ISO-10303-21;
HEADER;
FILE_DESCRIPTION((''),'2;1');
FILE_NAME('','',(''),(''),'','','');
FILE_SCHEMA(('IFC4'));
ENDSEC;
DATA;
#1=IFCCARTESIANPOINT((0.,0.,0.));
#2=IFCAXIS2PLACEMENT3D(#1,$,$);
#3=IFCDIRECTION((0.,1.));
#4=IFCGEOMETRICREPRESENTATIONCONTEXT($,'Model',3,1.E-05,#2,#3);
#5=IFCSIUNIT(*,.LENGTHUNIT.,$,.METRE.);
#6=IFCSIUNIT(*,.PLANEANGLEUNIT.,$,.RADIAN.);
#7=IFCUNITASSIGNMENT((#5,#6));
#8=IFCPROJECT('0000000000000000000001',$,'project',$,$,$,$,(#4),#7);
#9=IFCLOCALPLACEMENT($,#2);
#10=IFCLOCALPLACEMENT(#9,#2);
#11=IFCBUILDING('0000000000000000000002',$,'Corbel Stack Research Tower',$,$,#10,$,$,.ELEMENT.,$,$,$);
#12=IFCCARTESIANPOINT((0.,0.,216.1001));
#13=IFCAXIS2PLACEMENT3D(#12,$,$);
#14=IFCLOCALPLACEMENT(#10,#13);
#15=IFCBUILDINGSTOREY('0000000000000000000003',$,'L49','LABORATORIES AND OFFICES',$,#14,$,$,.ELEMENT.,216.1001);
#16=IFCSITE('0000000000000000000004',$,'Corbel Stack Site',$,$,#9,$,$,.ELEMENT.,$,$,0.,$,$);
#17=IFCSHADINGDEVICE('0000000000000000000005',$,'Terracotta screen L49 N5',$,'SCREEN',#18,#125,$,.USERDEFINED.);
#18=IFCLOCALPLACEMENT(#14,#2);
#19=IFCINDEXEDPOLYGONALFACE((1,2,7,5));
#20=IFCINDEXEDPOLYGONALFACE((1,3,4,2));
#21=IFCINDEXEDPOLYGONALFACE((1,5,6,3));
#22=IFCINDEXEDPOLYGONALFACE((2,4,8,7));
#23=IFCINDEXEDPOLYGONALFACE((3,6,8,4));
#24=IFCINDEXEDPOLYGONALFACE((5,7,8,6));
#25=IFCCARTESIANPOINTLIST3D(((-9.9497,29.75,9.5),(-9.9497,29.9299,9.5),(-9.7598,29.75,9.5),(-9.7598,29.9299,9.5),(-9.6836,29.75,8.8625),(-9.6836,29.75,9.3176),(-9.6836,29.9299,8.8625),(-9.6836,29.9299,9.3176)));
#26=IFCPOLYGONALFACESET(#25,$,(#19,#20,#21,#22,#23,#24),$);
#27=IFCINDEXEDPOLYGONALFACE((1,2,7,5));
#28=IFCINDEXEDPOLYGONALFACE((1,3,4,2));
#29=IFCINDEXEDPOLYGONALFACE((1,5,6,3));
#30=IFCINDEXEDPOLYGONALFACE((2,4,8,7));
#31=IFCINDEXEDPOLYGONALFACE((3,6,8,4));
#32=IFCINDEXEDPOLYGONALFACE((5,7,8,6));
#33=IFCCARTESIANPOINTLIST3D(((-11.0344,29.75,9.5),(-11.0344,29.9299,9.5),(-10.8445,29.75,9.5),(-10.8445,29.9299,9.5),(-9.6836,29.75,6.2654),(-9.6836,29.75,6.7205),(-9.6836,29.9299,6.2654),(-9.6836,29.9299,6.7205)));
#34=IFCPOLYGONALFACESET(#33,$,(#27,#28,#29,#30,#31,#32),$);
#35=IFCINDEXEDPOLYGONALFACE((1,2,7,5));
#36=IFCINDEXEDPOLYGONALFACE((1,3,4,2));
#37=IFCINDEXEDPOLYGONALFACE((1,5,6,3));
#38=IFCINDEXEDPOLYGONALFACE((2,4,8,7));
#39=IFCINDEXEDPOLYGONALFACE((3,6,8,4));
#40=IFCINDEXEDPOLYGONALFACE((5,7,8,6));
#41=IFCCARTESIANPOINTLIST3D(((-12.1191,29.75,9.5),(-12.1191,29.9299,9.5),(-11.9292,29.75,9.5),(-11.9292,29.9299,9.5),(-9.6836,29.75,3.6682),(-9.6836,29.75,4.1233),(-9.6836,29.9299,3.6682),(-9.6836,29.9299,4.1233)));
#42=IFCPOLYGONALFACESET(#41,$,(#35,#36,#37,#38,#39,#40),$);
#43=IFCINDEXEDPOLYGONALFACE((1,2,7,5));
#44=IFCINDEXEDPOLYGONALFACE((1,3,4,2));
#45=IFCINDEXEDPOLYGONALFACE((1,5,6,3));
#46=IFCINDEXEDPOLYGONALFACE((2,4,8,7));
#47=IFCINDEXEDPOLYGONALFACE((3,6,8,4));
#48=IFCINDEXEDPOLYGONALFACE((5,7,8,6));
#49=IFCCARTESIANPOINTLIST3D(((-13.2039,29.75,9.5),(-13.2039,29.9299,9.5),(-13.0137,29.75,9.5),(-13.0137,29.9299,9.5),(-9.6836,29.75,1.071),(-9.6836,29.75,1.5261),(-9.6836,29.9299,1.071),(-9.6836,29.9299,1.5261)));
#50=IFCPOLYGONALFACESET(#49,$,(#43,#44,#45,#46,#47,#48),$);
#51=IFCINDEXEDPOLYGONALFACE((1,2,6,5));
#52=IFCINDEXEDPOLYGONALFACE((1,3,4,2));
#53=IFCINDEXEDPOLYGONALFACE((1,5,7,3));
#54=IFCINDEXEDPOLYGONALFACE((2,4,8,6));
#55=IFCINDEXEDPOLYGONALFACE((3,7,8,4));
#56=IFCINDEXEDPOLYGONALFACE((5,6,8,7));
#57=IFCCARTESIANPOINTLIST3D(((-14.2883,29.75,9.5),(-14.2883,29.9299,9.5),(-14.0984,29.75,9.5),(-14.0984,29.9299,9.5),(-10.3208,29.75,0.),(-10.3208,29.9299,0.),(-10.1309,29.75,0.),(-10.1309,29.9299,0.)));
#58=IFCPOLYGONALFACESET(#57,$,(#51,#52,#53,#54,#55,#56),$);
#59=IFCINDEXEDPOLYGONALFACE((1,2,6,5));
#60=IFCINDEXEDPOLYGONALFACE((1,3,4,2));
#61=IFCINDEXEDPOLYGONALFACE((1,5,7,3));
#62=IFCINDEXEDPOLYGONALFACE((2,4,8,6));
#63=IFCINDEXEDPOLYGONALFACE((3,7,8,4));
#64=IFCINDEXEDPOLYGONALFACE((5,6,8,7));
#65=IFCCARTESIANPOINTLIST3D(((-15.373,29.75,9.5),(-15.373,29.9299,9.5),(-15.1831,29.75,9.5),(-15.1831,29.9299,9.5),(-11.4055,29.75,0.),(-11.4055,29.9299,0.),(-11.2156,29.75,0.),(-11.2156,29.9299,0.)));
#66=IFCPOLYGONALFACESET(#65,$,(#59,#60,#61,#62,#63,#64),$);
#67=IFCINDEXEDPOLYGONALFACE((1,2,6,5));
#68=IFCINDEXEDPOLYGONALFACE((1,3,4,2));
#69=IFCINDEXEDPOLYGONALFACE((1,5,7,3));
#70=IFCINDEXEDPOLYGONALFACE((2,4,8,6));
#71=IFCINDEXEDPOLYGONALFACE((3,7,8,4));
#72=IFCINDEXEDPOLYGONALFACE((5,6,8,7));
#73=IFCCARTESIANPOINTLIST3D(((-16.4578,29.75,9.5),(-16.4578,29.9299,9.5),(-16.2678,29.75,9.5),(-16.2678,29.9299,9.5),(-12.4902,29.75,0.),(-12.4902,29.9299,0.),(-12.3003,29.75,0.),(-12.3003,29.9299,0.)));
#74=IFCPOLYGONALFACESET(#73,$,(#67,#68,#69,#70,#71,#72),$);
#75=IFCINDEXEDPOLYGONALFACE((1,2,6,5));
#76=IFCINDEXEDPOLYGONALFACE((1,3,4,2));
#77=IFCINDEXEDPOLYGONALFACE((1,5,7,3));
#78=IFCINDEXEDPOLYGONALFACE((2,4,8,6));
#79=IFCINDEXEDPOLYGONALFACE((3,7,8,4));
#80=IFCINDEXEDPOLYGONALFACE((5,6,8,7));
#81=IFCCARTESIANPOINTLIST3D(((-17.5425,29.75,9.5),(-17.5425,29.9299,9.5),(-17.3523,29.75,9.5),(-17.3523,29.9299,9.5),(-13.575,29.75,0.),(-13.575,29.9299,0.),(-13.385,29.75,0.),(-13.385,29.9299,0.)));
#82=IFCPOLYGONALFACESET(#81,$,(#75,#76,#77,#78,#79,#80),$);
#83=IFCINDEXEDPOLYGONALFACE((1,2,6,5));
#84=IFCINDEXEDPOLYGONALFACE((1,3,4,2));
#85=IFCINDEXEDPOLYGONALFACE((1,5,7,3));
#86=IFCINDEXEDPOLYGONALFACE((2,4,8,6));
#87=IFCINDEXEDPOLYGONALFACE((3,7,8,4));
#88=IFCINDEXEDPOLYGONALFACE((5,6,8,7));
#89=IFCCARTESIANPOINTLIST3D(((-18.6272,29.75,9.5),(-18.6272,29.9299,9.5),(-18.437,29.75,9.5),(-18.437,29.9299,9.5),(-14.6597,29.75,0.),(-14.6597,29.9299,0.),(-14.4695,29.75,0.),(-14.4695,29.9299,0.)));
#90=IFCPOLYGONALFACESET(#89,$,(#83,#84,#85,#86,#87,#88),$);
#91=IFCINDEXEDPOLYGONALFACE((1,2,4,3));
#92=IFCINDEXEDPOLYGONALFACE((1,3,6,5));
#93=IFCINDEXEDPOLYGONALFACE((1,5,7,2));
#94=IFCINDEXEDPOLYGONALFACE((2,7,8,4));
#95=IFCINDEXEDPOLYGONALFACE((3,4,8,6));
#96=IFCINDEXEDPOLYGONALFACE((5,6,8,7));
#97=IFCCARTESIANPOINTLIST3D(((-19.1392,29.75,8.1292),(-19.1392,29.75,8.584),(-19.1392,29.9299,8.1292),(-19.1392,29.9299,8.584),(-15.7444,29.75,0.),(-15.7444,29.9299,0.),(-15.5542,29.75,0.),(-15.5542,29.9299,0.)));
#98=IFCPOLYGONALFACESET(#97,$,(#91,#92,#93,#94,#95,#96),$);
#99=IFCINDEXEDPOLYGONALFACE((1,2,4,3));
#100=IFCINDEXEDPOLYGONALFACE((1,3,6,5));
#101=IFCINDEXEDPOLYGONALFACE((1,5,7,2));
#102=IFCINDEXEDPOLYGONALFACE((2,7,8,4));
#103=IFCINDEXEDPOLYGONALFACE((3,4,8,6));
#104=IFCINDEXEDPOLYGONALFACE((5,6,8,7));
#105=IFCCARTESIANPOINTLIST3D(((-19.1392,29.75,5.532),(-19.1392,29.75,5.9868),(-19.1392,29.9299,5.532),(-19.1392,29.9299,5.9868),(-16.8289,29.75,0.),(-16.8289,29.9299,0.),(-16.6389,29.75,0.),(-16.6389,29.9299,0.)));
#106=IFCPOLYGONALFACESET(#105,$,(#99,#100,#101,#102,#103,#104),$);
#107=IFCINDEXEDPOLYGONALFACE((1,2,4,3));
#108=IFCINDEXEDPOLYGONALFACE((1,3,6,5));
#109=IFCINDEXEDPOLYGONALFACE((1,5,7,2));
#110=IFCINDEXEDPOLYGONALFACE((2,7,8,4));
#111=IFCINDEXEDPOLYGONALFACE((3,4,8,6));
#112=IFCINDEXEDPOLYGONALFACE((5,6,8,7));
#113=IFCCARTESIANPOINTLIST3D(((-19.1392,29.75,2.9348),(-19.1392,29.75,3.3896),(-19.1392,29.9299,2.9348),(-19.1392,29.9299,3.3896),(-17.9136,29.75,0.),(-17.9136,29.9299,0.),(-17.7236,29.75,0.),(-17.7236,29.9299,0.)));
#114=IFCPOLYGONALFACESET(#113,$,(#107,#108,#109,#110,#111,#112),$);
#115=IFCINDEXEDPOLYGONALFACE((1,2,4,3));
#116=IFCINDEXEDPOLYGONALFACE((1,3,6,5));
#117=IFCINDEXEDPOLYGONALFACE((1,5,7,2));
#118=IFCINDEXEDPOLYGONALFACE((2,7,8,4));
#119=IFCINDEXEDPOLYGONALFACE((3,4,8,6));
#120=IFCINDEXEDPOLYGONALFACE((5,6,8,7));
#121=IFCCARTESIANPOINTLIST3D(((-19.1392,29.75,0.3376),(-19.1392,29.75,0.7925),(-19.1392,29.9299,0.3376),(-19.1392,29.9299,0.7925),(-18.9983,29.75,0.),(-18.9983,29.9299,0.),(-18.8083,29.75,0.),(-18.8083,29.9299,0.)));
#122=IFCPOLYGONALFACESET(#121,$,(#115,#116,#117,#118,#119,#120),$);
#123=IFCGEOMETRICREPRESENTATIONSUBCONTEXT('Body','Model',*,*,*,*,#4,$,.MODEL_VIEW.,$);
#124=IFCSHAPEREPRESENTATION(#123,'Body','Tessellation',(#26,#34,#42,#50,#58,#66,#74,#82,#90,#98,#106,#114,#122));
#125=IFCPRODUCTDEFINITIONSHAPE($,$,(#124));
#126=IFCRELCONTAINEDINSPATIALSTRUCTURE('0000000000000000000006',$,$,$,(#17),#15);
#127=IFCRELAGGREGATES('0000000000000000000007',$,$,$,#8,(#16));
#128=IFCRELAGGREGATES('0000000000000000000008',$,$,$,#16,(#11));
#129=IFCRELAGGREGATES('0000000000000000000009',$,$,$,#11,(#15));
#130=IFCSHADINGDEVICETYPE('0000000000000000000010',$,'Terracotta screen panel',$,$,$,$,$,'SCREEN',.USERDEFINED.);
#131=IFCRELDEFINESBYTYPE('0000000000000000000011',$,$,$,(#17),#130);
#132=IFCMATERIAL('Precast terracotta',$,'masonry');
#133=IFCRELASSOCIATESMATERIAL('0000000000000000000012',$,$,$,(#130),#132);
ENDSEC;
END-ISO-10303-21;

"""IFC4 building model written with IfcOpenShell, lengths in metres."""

from ifc_helpers import new_model, si_unit, direction, frame, origin, place, context, subcontext, project, spatial, polyline, outline, extrude, source, transform, mapped, material, type_object, element, save


model = new_model("IFC4")

# Units and contexts
model_context = context("Model", 3, precision=1e-05, world=origin(), true_north=direction((0.0, 1.0)))
body_context = subcontext(model_context, "Body", "Model", "MODEL_VIEW")
ifc_project = project(units=[si_unit("LENGTHUNIT", "METRE"), si_unit("PLANEANGLEUNIT", "RADIAN")], contexts=[model_context])

# Site, building, storey
site_placement = place(None, origin())
site = spatial("IfcSite", under=ifc_project, at=site_placement, Name="Corbel Stack Site", CompositionType="ELEMENT", RefElevation=0.0)
building_placement = place(site_placement, origin())
building = spatial("IfcBuilding", under=site, at=building_placement, Name="Corbel Stack Research Tower", CompositionType="ELEMENT")
storey_placement = place(building_placement, frame((0.0, 0.0, 216.1001)))
storey = spatial("IfcBuildingStorey", under=building, at=storey_placement, Name="L49", Description="LABORATORIES AND OFFICES", CompositionType="ELEMENT", Elevation=216.1001)

# Shading device
ifc_material_1 = material(Name="Precast terracotta", Category="masonry")
shading_device_type = type_object("IfcShadingDeviceType", Name="Terracotta screen panel", ElementType="SCREEN", PredefinedType="USERDEFINED", material=ifc_material_1)
shared_shape_1 = source(origin(), body_context, "Body", "SweptSolid", [
    extrude(outline(polyline([(0.2661, 9.5), (0.0762, 9.5), (0.0, 9.3176), (0.0, 8.8625), (0.2661, 9.5)])), frame((0.0, 0.0, 0.0), z_axis=(0.0, -1.0, 0.0), x_axis=(1.0, 0.0, 0.0)), (0.0, 0.0, 1.0), 0.1799),
    extrude(outline(polyline([(1.3508, 9.5), (1.1609, 9.5), (0.0, 6.7205), (0.0, 6.2654), (1.3508, 9.5)])), frame((0.0, 0.0, 0.0), z_axis=(0.0, -1.0, 0.0), x_axis=(1.0, 0.0, 0.0)), (0.0, 0.0, 1.0), 0.1799),
    extrude(outline(polyline([(2.4355, 9.5), (2.2456, 9.5), (0.0, 4.1233), (0.0, 3.6682), (2.4355, 9.5)])), frame((0.0, 0.0, 0.0), z_axis=(0.0, -1.0, 0.0), x_axis=(1.0, 0.0, 0.0)), (0.0, 0.0, 1.0), 0.1799),
    extrude(outline(polyline([(3.5203, 9.5), (3.3301, 9.5), (0.0, 1.5261), (0.0, 1.071), (3.5203, 9.5)])), frame((0.0, 0.0, 0.0), z_axis=(0.0, -1.0, 0.0), x_axis=(1.0, 0.0, 0.0)), (0.0, 0.0, 1.0), 0.1799),
    extrude(outline(polyline([(0.6372, 0.0), (4.6047, 9.5), (4.4148, 9.5), (0.4473, 0.0), (0.6372, 0.0)])), frame((0.0, 0.0, 0.0), z_axis=(0.0, -1.0, 0.0), x_axis=(1.0, 0.0, 0.0)), (0.0, 0.0, 1.0), 0.1799),
    extrude(outline(polyline([(1.7219, 0.0), (5.6895, 9.5), (5.4995, 9.5), (1.532, 0.0), (1.7219, 0.0)])), frame((0.0, 0.0, 0.0), z_axis=(0.0, -1.0, 0.0), x_axis=(1.0, 0.0, 0.0)), (0.0, 0.0, 1.0), 0.1799),
    extrude(outline(polyline([(2.8066, 0.0), (6.7742, 9.5), (6.5842, 9.5), (2.6167, 0.0), (2.8066, 0.0)])), frame((0.0, 0.0, 0.0), z_axis=(0.0, -1.0, 0.0), x_axis=(1.0, 0.0, 0.0)), (0.0, 0.0, 1.0), 0.1799),
    extrude(outline(polyline([(3.8914, 0.0), (7.8589, 9.5), (7.6687, 9.5), (3.7014, 0.0), (3.8914, 0.0)])), frame((0.0, 0.0, 0.0), z_axis=(0.0, -1.0, 0.0), x_axis=(1.0, 0.0, 0.0)), (0.0, 0.0, 1.0), 0.1799),
    extrude(outline(polyline([(4.9761, 0.0), (8.9436, 9.5), (8.7534, 9.5), (4.7859, 0.0), (4.9761, 0.0)])), frame((0.0, 0.0, 0.0), z_axis=(0.0, -1.0, 0.0), x_axis=(1.0, 0.0, 0.0)), (0.0, 0.0, 1.0), 0.1799),
    extrude(outline(polyline([(6.0608, 0.0), (9.4556, 8.1292), (9.4556, 8.584), (5.8706, 0.0), (6.0608, 0.0)])), frame((0.0, 0.0, 0.0), z_axis=(0.0, -1.0, 0.0), x_axis=(1.0, 0.0, 0.0)), (0.0, 0.0, 1.0), 0.1799),
    extrude(outline(polyline([(7.1453, 0.0), (9.4556, 5.532), (9.4556, 5.9868), (6.9553, 0.0), (7.1453, 0.0)])), frame((0.0, 0.0, 0.0), z_axis=(0.0, -1.0, 0.0), x_axis=(1.0, 0.0, 0.0)), (0.0, 0.0, 1.0), 0.1799),
    extrude(outline(polyline([(8.23, 0.0), (9.4556, 2.9348), (9.4556, 3.3896), (8.04, 0.0), (8.23, 0.0)])), frame((0.0, 0.0, 0.0), z_axis=(0.0, -1.0, 0.0), x_axis=(1.0, 0.0, 0.0)), (0.0, 0.0, 1.0), 0.1799),
    extrude(outline(polyline([(9.3147, 0.0), (9.4556, 0.3376), (9.4556, 0.7925), (9.1248, 0.0), (9.3147, 0.0)])), frame((0.0, 0.0, 0.0), z_axis=(0.0, -1.0, 0.0), x_axis=(1.0, 0.0, 0.0)), (0.0, 0.0, 1.0), 0.1799),
])
shading_device_1_placement = place(storey_placement, frame((-9.6836, 29.75, 0.0), z_axis=(0.0, 0.0, 1.0), x_axis=(-1.0, 0.0, 0.0)))
element("IfcShadingDevice", 1, at=shading_device_1_placement, inside=storey, type_object=shading_device_type, Name="Terracotta screen L49 N5", ObjectType="SCREEN", PredefinedType="USERDEFINED", context=body_context, shape_type="MappedRepresentation", body=[
    mapped(shared_shape_1, transform((0.0, 0.0, 0.0))),
])

save(model, "model.ifc")
